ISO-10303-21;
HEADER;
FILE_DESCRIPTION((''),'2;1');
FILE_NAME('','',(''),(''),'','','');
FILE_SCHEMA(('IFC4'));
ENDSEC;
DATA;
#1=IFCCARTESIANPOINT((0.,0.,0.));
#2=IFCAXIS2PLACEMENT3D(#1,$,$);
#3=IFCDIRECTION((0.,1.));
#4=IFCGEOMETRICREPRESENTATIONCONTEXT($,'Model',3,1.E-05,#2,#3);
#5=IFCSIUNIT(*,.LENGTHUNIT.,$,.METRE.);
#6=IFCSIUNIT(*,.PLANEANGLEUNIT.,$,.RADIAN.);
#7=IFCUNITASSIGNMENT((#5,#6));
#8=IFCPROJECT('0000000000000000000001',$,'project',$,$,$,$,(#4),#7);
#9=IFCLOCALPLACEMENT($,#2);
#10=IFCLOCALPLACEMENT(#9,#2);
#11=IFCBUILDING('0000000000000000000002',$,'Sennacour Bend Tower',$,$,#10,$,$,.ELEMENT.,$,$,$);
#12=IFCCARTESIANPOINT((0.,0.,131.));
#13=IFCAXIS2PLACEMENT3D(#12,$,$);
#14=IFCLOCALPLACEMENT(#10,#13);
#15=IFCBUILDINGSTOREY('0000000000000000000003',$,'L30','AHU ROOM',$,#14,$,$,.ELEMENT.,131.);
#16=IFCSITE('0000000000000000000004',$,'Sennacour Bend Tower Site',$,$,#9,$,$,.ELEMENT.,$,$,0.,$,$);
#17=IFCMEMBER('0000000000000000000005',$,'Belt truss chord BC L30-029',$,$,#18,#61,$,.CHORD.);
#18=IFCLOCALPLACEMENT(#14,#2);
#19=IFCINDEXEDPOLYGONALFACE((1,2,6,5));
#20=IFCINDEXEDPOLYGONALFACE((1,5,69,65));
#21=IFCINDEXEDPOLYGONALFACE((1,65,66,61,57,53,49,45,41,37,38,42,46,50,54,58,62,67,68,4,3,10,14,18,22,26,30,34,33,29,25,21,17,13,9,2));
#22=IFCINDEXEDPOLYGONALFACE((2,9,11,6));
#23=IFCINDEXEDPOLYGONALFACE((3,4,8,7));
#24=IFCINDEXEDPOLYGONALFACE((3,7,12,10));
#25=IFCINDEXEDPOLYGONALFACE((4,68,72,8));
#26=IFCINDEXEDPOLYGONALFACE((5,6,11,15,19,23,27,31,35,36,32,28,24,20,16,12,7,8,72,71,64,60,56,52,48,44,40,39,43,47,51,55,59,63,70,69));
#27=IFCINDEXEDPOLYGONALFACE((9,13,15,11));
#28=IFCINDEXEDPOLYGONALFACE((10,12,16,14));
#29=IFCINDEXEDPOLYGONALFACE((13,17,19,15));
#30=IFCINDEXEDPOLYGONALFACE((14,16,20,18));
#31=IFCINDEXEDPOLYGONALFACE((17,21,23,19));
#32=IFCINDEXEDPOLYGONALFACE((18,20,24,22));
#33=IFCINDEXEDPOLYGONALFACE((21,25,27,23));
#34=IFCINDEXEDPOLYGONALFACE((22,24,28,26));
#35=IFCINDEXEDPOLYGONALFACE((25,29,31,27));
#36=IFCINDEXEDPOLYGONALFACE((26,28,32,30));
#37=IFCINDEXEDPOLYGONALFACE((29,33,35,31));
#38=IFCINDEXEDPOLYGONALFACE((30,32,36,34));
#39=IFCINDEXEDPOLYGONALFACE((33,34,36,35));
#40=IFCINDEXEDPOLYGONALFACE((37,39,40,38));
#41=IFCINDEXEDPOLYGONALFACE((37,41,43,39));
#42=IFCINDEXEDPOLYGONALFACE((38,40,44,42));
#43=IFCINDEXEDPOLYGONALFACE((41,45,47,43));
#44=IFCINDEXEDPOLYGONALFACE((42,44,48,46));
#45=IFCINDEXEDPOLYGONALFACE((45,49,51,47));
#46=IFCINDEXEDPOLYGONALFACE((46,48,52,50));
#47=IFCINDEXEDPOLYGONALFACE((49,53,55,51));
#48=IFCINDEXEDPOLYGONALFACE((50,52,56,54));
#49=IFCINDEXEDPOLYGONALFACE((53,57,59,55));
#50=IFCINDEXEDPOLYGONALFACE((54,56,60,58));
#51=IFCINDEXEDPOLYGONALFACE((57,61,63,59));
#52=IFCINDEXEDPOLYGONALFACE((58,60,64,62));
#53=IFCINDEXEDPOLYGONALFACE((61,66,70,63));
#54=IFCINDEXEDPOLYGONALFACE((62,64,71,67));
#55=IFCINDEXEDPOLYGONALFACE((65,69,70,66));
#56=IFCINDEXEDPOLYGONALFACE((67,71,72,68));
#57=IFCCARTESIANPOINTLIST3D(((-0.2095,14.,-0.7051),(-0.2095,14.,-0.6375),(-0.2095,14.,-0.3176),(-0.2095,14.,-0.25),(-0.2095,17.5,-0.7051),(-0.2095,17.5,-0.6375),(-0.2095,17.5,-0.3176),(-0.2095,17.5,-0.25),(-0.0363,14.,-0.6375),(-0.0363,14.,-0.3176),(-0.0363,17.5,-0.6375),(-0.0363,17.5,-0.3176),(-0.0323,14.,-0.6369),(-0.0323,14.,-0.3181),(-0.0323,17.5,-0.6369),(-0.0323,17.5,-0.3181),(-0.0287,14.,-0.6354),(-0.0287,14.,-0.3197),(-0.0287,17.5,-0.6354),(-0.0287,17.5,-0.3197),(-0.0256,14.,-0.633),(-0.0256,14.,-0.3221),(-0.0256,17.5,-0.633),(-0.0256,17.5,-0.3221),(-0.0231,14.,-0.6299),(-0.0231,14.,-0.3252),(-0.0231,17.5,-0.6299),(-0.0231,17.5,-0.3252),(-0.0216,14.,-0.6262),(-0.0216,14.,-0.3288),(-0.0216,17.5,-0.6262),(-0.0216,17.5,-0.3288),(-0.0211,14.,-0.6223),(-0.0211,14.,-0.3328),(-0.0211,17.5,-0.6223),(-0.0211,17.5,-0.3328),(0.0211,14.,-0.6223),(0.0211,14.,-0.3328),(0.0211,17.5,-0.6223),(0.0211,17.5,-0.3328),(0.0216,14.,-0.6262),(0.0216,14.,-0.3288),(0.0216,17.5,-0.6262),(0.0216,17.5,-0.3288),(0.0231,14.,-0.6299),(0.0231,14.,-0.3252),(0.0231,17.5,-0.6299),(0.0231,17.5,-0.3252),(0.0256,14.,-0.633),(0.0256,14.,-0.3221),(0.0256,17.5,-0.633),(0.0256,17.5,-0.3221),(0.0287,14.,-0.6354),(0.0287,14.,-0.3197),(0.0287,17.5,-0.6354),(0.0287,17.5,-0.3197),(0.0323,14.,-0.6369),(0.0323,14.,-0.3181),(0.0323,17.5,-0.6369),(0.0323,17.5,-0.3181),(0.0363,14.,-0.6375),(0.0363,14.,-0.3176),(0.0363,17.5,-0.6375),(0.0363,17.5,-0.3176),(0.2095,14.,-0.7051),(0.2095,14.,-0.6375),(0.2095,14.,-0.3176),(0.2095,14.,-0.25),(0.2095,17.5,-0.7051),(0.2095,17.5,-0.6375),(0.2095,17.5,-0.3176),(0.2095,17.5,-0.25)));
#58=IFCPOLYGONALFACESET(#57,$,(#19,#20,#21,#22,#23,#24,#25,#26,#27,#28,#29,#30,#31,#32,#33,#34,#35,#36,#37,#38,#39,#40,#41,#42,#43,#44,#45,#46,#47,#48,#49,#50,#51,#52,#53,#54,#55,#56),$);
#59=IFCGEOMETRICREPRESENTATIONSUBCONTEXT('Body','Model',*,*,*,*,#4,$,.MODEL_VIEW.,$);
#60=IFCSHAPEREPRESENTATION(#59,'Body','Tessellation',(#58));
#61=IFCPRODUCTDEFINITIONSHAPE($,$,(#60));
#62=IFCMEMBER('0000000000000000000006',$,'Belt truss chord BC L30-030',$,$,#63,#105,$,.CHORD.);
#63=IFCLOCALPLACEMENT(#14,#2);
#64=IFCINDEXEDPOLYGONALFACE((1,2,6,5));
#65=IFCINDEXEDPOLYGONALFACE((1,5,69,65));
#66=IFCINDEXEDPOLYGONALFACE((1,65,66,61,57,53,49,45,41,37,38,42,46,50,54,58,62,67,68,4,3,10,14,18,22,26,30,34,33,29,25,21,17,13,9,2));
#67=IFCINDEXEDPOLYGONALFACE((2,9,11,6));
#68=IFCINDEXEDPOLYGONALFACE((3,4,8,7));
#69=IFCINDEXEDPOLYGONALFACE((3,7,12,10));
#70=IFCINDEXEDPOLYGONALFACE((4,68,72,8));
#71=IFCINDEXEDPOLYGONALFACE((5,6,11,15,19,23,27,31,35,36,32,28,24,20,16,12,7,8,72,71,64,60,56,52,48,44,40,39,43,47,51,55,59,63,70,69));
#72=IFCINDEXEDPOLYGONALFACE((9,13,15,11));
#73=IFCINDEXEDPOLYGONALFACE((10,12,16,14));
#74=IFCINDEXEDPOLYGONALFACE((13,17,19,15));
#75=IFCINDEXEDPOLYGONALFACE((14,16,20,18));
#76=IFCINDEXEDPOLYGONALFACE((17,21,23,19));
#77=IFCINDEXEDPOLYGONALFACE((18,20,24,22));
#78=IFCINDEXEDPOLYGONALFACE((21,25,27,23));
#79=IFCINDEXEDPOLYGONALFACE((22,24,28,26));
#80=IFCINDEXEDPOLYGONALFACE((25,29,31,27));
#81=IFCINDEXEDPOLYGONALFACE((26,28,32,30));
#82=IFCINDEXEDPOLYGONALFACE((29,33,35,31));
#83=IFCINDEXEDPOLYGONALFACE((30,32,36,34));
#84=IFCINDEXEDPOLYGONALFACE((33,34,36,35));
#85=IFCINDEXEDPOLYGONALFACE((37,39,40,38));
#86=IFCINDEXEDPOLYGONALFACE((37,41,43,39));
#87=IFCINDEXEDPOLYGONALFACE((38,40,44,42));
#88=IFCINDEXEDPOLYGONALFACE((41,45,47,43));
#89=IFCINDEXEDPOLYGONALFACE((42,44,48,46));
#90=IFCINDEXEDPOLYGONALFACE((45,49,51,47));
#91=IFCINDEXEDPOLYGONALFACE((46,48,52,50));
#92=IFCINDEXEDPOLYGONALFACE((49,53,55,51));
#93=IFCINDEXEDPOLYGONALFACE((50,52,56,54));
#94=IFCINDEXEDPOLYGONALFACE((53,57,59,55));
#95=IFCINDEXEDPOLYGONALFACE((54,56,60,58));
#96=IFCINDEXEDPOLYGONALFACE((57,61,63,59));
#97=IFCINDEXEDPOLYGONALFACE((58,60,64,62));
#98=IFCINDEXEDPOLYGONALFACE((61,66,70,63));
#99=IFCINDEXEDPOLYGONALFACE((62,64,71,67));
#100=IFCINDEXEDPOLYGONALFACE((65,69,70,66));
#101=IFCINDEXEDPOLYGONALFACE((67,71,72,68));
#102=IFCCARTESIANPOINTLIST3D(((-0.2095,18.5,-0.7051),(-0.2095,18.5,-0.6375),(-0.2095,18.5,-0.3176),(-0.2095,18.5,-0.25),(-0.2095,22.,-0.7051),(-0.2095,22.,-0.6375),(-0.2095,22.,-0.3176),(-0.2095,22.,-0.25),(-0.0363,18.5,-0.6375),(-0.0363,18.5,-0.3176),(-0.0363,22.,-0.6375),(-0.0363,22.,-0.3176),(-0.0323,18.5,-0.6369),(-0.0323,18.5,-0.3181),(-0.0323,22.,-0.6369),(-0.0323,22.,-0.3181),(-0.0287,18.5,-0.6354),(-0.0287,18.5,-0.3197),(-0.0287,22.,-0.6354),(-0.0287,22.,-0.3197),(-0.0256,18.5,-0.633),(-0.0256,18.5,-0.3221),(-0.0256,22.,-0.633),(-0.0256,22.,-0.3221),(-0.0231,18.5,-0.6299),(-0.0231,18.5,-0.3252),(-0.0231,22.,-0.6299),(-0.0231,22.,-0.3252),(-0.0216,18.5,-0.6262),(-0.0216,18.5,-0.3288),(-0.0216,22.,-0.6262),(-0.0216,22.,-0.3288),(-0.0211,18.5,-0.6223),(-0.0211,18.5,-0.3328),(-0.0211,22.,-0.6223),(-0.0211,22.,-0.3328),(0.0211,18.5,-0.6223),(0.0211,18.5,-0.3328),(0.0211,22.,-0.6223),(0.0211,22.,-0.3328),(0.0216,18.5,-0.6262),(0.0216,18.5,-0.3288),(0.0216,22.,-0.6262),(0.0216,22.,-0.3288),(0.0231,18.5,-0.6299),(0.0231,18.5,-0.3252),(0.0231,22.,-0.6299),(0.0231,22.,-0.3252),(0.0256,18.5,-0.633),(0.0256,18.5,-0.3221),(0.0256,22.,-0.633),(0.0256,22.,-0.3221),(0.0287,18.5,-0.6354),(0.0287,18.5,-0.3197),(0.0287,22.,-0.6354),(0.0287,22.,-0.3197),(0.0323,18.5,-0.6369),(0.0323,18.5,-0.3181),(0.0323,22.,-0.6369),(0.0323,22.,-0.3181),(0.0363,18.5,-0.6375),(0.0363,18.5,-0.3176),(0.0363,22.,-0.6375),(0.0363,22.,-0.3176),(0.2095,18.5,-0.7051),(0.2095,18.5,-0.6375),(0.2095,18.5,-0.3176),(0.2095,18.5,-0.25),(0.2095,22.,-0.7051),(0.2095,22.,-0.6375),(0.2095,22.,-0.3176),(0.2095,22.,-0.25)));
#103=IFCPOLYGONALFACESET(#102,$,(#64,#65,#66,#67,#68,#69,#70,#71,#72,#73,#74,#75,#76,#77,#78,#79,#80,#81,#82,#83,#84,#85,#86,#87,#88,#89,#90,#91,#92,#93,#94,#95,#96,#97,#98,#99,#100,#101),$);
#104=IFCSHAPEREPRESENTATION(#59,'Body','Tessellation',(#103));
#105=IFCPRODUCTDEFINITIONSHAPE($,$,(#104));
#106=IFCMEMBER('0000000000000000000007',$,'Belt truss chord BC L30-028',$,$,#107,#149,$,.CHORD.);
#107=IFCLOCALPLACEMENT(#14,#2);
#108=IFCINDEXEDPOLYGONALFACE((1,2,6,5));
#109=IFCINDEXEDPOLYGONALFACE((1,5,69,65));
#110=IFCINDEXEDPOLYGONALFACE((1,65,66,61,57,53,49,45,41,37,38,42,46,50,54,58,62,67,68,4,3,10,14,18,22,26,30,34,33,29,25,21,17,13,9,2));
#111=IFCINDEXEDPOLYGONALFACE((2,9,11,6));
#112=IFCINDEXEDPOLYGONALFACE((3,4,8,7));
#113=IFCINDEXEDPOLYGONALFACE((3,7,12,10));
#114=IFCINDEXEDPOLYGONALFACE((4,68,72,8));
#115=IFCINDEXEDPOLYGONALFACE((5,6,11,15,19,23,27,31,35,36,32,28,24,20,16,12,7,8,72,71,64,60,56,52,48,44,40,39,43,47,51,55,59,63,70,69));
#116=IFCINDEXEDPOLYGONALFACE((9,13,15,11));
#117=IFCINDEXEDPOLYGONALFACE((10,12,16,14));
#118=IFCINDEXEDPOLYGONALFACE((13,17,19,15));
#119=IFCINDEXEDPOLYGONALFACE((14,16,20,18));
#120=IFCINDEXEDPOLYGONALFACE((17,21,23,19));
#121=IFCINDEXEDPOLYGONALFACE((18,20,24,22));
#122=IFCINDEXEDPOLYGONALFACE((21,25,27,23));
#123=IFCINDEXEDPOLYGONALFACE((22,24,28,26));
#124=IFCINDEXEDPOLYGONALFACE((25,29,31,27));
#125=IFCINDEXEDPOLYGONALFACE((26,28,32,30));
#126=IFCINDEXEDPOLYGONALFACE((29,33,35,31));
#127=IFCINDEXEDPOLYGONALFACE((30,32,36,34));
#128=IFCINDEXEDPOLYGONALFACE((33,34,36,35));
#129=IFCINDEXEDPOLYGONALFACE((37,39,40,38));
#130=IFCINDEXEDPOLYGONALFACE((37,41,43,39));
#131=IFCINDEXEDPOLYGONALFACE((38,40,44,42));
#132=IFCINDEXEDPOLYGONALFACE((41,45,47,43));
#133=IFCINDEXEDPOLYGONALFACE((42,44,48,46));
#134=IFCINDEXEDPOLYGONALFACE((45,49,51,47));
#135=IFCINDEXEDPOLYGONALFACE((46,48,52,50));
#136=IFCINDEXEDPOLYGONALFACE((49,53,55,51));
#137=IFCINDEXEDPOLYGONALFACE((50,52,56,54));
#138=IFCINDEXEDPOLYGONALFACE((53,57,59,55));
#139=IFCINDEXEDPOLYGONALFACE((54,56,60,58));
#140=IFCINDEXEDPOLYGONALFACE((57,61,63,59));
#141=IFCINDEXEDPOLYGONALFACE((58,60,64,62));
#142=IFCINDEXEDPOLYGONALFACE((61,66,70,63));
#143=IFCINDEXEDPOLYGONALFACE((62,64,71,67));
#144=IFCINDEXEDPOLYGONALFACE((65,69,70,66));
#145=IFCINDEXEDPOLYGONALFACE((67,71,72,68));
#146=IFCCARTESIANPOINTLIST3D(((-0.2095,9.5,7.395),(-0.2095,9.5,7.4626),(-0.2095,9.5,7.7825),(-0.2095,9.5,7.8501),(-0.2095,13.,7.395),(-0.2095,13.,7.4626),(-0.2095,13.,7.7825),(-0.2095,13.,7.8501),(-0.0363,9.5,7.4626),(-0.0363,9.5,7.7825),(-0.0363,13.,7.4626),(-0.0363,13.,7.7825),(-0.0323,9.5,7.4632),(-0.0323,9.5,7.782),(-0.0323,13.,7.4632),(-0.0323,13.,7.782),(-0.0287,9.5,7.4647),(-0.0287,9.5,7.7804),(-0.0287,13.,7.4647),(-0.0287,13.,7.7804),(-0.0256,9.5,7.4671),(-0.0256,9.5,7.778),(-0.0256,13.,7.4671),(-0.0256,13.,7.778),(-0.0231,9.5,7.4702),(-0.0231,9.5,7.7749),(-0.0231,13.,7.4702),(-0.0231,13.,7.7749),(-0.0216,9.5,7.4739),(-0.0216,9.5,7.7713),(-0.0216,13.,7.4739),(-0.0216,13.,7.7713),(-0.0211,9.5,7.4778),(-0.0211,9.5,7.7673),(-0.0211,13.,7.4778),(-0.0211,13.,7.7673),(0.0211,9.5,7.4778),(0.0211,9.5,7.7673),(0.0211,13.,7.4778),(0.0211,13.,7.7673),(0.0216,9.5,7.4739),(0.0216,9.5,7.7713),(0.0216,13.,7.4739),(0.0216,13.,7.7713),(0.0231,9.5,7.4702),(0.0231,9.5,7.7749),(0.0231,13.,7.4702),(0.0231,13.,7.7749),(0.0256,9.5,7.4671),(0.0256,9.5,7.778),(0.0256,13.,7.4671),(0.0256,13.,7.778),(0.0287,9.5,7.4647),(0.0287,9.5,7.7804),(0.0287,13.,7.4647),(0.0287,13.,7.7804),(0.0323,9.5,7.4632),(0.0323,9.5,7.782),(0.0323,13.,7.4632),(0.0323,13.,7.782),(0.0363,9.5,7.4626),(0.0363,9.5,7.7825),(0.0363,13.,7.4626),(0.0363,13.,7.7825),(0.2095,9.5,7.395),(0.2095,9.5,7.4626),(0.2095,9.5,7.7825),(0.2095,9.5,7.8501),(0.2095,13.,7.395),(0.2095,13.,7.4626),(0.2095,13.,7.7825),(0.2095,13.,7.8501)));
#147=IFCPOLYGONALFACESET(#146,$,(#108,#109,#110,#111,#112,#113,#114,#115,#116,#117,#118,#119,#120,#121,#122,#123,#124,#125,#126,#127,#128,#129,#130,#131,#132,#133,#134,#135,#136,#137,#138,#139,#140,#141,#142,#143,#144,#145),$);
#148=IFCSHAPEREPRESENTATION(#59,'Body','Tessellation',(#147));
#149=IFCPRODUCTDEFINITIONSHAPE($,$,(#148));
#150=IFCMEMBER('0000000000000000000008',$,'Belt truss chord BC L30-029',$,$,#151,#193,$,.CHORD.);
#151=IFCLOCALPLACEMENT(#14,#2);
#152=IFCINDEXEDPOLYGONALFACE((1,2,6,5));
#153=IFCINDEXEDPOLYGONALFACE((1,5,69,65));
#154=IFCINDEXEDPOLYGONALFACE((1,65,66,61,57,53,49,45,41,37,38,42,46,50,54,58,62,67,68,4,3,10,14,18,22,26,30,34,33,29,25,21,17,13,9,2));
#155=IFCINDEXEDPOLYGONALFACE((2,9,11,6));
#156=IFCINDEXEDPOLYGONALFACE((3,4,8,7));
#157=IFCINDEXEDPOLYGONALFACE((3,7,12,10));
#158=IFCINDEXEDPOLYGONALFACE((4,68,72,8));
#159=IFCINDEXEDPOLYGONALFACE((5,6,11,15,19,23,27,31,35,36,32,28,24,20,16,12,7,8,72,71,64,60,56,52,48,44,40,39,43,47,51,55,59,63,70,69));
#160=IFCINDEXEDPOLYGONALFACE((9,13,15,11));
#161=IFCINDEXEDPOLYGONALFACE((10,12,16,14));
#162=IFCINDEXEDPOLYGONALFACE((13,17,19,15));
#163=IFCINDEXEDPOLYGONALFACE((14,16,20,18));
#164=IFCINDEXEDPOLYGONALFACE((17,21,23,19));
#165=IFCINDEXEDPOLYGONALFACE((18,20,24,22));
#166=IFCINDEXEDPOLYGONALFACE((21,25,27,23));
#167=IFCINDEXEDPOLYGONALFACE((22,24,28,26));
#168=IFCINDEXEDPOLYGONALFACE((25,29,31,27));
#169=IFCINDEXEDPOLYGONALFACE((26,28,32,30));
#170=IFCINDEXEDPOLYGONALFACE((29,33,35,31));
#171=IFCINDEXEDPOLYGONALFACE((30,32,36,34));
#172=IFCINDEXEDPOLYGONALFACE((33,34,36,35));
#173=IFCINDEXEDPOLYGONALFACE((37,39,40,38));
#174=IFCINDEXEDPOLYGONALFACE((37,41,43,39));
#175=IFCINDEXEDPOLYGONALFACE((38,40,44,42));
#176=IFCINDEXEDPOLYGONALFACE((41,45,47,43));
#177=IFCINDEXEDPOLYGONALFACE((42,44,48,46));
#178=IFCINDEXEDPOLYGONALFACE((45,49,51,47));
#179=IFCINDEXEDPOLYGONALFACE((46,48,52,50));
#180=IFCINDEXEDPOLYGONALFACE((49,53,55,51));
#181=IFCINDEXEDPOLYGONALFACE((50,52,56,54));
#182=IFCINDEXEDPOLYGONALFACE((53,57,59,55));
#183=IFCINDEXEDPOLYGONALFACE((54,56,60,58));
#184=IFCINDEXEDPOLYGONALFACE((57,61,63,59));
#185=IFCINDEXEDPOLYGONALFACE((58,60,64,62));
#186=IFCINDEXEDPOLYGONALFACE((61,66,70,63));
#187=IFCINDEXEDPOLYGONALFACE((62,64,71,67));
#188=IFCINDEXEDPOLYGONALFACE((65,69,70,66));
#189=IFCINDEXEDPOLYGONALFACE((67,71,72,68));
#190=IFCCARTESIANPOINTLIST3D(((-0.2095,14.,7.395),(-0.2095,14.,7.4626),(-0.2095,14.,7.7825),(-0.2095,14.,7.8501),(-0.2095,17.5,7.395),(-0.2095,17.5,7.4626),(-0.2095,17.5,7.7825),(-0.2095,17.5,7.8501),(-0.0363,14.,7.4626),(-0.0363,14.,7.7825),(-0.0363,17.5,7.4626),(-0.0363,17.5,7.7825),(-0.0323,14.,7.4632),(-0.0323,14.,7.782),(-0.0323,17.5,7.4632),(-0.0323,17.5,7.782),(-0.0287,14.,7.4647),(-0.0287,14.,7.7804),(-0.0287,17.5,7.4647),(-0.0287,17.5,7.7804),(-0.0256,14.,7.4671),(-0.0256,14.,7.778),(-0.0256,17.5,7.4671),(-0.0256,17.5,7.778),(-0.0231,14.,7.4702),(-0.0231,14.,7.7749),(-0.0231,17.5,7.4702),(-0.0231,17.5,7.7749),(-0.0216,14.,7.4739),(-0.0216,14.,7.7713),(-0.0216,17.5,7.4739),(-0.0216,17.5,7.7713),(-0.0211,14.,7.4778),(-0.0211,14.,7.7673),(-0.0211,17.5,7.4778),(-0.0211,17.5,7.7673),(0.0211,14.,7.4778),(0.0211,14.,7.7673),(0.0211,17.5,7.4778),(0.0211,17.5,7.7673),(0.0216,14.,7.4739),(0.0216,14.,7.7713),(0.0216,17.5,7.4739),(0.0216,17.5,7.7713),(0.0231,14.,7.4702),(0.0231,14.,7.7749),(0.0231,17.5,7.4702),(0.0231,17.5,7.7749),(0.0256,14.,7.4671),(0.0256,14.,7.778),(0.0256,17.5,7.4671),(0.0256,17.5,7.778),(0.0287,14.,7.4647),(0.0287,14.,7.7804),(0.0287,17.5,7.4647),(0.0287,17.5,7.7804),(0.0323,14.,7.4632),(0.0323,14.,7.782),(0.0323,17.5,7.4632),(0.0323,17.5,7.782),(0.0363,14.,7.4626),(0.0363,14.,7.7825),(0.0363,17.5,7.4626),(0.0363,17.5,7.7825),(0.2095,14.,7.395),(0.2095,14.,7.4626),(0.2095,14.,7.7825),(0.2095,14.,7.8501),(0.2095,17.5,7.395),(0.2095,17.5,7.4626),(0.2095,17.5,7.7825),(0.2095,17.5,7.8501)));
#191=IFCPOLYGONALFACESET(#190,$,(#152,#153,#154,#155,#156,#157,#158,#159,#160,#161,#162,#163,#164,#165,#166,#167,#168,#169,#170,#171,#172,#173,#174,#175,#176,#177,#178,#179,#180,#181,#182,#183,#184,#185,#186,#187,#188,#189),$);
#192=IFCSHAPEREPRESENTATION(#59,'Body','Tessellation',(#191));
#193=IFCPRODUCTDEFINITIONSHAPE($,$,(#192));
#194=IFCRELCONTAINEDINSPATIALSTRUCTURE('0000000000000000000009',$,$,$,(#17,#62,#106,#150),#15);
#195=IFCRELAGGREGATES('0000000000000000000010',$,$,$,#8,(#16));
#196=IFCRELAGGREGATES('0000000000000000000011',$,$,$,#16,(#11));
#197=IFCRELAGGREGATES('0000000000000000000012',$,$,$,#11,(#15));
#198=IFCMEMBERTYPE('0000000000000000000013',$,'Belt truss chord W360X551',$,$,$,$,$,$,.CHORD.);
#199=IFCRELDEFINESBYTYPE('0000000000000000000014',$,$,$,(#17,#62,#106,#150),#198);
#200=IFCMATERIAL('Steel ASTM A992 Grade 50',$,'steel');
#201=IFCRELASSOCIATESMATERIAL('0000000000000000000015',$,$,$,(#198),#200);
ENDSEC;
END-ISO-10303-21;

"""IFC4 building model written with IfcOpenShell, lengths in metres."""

from ifc_helpers import new_model, si_unit, direction, frame, origin, origin_2d, place, context, subcontext, project, spatial, i_section, extrude, material, material_profile, profile_set, type_object, element, save


model = new_model("IFC4")

# Units and contexts
model_context = context("Model", 3, precision=1e-05, world=origin(), true_north=direction((0.0, 1.0)))
body_context = subcontext(model_context, "Body", "Model", "MODEL_VIEW")
ifc_project = project(units=[si_unit("LENGTHUNIT", "METRE"), si_unit("PLANEANGLEUNIT", "RADIAN")], contexts=[model_context])

# Site, building, storey
site_placement = place(None, origin())
site = spatial("IfcSite", under=ifc_project, at=site_placement, Name="Sennacour Bend Tower Site", CompositionType="ELEMENT", RefElevation=0.0)
building_placement = place(site_placement, origin())
building = spatial("IfcBuilding", under=site, at=building_placement, Name="Sennacour Bend Tower", CompositionType="ELEMENT")
storey_placement = place(building_placement, frame((0.0, 0.0, 131.0)))
storey = spatial("IfcBuildingStorey", under=building, at=storey_placement, Name="L30", Description="AHU ROOM", CompositionType="ELEMENT", Elevation=131.0)

# Members
ifc_material_1 = material(Name="Steel ASTM A992 Grade 50", Category="steel")
ifc_material_profile_1 = material_profile(ifc_material_1, i_section(OverallWidth=0.4189, OverallDepth=0.4551, WebThickness=0.0422, FlangeThickness=0.0676, FilletRadius=0.0151, at=origin_2d()), Name="Steel ASTM A992 Grade 50", Category="steel")
ifc_profile_set_1 = profile_set([ifc_material_profile_1], Name="Steel ASTM A992 Grade 50")
member_type_1 = type_object("IfcMemberType", Name="Belt truss chord W360X551", PredefinedType="CHORD", material=ifc_profile_set_1)
for number, where, z_axis, x_axis, name in (
    (1, (0.0, 14.0, -0.4775), (0.0, 1.0, 0.0), (-1.0, 0.0, 0.0), "Belt truss chord BC L30-029"),
    (2, (0.0, 18.5, -0.4775), (0.0, 1.0, 0.0), (-1.0, 0.0, 0.0), "Belt truss chord BC L30-030"),
    (3, (0.0, 9.5, 7.6226), (0.0, 1.0, 0.0), (-1.0, 0.0, 0.0), "Belt truss chord BC L30-028"),
    (4, (0.0, 14.0, 7.6226), (0.0, 1.0, 0.0), (-1.0, 0.0, 0.0), "Belt truss chord BC L30-029"),
):
    element("IfcMember", number, at=place(storey_placement, frame(where, z_axis=z_axis, x_axis=x_axis)), inside=storey, type_object=member_type_1, Name=name, PredefinedType="CHORD", context=body_context, shape_type="SweptSolid", body=[
        extrude(i_section(OverallWidth=0.4189, OverallDepth=0.4551, WebThickness=0.0422, FlangeThickness=0.0676, FilletRadius=0.0151, at=origin_2d()), origin(), (0.0, 0.0, 1.0), 3.5),
    ])

save(model, "model.ifc")
